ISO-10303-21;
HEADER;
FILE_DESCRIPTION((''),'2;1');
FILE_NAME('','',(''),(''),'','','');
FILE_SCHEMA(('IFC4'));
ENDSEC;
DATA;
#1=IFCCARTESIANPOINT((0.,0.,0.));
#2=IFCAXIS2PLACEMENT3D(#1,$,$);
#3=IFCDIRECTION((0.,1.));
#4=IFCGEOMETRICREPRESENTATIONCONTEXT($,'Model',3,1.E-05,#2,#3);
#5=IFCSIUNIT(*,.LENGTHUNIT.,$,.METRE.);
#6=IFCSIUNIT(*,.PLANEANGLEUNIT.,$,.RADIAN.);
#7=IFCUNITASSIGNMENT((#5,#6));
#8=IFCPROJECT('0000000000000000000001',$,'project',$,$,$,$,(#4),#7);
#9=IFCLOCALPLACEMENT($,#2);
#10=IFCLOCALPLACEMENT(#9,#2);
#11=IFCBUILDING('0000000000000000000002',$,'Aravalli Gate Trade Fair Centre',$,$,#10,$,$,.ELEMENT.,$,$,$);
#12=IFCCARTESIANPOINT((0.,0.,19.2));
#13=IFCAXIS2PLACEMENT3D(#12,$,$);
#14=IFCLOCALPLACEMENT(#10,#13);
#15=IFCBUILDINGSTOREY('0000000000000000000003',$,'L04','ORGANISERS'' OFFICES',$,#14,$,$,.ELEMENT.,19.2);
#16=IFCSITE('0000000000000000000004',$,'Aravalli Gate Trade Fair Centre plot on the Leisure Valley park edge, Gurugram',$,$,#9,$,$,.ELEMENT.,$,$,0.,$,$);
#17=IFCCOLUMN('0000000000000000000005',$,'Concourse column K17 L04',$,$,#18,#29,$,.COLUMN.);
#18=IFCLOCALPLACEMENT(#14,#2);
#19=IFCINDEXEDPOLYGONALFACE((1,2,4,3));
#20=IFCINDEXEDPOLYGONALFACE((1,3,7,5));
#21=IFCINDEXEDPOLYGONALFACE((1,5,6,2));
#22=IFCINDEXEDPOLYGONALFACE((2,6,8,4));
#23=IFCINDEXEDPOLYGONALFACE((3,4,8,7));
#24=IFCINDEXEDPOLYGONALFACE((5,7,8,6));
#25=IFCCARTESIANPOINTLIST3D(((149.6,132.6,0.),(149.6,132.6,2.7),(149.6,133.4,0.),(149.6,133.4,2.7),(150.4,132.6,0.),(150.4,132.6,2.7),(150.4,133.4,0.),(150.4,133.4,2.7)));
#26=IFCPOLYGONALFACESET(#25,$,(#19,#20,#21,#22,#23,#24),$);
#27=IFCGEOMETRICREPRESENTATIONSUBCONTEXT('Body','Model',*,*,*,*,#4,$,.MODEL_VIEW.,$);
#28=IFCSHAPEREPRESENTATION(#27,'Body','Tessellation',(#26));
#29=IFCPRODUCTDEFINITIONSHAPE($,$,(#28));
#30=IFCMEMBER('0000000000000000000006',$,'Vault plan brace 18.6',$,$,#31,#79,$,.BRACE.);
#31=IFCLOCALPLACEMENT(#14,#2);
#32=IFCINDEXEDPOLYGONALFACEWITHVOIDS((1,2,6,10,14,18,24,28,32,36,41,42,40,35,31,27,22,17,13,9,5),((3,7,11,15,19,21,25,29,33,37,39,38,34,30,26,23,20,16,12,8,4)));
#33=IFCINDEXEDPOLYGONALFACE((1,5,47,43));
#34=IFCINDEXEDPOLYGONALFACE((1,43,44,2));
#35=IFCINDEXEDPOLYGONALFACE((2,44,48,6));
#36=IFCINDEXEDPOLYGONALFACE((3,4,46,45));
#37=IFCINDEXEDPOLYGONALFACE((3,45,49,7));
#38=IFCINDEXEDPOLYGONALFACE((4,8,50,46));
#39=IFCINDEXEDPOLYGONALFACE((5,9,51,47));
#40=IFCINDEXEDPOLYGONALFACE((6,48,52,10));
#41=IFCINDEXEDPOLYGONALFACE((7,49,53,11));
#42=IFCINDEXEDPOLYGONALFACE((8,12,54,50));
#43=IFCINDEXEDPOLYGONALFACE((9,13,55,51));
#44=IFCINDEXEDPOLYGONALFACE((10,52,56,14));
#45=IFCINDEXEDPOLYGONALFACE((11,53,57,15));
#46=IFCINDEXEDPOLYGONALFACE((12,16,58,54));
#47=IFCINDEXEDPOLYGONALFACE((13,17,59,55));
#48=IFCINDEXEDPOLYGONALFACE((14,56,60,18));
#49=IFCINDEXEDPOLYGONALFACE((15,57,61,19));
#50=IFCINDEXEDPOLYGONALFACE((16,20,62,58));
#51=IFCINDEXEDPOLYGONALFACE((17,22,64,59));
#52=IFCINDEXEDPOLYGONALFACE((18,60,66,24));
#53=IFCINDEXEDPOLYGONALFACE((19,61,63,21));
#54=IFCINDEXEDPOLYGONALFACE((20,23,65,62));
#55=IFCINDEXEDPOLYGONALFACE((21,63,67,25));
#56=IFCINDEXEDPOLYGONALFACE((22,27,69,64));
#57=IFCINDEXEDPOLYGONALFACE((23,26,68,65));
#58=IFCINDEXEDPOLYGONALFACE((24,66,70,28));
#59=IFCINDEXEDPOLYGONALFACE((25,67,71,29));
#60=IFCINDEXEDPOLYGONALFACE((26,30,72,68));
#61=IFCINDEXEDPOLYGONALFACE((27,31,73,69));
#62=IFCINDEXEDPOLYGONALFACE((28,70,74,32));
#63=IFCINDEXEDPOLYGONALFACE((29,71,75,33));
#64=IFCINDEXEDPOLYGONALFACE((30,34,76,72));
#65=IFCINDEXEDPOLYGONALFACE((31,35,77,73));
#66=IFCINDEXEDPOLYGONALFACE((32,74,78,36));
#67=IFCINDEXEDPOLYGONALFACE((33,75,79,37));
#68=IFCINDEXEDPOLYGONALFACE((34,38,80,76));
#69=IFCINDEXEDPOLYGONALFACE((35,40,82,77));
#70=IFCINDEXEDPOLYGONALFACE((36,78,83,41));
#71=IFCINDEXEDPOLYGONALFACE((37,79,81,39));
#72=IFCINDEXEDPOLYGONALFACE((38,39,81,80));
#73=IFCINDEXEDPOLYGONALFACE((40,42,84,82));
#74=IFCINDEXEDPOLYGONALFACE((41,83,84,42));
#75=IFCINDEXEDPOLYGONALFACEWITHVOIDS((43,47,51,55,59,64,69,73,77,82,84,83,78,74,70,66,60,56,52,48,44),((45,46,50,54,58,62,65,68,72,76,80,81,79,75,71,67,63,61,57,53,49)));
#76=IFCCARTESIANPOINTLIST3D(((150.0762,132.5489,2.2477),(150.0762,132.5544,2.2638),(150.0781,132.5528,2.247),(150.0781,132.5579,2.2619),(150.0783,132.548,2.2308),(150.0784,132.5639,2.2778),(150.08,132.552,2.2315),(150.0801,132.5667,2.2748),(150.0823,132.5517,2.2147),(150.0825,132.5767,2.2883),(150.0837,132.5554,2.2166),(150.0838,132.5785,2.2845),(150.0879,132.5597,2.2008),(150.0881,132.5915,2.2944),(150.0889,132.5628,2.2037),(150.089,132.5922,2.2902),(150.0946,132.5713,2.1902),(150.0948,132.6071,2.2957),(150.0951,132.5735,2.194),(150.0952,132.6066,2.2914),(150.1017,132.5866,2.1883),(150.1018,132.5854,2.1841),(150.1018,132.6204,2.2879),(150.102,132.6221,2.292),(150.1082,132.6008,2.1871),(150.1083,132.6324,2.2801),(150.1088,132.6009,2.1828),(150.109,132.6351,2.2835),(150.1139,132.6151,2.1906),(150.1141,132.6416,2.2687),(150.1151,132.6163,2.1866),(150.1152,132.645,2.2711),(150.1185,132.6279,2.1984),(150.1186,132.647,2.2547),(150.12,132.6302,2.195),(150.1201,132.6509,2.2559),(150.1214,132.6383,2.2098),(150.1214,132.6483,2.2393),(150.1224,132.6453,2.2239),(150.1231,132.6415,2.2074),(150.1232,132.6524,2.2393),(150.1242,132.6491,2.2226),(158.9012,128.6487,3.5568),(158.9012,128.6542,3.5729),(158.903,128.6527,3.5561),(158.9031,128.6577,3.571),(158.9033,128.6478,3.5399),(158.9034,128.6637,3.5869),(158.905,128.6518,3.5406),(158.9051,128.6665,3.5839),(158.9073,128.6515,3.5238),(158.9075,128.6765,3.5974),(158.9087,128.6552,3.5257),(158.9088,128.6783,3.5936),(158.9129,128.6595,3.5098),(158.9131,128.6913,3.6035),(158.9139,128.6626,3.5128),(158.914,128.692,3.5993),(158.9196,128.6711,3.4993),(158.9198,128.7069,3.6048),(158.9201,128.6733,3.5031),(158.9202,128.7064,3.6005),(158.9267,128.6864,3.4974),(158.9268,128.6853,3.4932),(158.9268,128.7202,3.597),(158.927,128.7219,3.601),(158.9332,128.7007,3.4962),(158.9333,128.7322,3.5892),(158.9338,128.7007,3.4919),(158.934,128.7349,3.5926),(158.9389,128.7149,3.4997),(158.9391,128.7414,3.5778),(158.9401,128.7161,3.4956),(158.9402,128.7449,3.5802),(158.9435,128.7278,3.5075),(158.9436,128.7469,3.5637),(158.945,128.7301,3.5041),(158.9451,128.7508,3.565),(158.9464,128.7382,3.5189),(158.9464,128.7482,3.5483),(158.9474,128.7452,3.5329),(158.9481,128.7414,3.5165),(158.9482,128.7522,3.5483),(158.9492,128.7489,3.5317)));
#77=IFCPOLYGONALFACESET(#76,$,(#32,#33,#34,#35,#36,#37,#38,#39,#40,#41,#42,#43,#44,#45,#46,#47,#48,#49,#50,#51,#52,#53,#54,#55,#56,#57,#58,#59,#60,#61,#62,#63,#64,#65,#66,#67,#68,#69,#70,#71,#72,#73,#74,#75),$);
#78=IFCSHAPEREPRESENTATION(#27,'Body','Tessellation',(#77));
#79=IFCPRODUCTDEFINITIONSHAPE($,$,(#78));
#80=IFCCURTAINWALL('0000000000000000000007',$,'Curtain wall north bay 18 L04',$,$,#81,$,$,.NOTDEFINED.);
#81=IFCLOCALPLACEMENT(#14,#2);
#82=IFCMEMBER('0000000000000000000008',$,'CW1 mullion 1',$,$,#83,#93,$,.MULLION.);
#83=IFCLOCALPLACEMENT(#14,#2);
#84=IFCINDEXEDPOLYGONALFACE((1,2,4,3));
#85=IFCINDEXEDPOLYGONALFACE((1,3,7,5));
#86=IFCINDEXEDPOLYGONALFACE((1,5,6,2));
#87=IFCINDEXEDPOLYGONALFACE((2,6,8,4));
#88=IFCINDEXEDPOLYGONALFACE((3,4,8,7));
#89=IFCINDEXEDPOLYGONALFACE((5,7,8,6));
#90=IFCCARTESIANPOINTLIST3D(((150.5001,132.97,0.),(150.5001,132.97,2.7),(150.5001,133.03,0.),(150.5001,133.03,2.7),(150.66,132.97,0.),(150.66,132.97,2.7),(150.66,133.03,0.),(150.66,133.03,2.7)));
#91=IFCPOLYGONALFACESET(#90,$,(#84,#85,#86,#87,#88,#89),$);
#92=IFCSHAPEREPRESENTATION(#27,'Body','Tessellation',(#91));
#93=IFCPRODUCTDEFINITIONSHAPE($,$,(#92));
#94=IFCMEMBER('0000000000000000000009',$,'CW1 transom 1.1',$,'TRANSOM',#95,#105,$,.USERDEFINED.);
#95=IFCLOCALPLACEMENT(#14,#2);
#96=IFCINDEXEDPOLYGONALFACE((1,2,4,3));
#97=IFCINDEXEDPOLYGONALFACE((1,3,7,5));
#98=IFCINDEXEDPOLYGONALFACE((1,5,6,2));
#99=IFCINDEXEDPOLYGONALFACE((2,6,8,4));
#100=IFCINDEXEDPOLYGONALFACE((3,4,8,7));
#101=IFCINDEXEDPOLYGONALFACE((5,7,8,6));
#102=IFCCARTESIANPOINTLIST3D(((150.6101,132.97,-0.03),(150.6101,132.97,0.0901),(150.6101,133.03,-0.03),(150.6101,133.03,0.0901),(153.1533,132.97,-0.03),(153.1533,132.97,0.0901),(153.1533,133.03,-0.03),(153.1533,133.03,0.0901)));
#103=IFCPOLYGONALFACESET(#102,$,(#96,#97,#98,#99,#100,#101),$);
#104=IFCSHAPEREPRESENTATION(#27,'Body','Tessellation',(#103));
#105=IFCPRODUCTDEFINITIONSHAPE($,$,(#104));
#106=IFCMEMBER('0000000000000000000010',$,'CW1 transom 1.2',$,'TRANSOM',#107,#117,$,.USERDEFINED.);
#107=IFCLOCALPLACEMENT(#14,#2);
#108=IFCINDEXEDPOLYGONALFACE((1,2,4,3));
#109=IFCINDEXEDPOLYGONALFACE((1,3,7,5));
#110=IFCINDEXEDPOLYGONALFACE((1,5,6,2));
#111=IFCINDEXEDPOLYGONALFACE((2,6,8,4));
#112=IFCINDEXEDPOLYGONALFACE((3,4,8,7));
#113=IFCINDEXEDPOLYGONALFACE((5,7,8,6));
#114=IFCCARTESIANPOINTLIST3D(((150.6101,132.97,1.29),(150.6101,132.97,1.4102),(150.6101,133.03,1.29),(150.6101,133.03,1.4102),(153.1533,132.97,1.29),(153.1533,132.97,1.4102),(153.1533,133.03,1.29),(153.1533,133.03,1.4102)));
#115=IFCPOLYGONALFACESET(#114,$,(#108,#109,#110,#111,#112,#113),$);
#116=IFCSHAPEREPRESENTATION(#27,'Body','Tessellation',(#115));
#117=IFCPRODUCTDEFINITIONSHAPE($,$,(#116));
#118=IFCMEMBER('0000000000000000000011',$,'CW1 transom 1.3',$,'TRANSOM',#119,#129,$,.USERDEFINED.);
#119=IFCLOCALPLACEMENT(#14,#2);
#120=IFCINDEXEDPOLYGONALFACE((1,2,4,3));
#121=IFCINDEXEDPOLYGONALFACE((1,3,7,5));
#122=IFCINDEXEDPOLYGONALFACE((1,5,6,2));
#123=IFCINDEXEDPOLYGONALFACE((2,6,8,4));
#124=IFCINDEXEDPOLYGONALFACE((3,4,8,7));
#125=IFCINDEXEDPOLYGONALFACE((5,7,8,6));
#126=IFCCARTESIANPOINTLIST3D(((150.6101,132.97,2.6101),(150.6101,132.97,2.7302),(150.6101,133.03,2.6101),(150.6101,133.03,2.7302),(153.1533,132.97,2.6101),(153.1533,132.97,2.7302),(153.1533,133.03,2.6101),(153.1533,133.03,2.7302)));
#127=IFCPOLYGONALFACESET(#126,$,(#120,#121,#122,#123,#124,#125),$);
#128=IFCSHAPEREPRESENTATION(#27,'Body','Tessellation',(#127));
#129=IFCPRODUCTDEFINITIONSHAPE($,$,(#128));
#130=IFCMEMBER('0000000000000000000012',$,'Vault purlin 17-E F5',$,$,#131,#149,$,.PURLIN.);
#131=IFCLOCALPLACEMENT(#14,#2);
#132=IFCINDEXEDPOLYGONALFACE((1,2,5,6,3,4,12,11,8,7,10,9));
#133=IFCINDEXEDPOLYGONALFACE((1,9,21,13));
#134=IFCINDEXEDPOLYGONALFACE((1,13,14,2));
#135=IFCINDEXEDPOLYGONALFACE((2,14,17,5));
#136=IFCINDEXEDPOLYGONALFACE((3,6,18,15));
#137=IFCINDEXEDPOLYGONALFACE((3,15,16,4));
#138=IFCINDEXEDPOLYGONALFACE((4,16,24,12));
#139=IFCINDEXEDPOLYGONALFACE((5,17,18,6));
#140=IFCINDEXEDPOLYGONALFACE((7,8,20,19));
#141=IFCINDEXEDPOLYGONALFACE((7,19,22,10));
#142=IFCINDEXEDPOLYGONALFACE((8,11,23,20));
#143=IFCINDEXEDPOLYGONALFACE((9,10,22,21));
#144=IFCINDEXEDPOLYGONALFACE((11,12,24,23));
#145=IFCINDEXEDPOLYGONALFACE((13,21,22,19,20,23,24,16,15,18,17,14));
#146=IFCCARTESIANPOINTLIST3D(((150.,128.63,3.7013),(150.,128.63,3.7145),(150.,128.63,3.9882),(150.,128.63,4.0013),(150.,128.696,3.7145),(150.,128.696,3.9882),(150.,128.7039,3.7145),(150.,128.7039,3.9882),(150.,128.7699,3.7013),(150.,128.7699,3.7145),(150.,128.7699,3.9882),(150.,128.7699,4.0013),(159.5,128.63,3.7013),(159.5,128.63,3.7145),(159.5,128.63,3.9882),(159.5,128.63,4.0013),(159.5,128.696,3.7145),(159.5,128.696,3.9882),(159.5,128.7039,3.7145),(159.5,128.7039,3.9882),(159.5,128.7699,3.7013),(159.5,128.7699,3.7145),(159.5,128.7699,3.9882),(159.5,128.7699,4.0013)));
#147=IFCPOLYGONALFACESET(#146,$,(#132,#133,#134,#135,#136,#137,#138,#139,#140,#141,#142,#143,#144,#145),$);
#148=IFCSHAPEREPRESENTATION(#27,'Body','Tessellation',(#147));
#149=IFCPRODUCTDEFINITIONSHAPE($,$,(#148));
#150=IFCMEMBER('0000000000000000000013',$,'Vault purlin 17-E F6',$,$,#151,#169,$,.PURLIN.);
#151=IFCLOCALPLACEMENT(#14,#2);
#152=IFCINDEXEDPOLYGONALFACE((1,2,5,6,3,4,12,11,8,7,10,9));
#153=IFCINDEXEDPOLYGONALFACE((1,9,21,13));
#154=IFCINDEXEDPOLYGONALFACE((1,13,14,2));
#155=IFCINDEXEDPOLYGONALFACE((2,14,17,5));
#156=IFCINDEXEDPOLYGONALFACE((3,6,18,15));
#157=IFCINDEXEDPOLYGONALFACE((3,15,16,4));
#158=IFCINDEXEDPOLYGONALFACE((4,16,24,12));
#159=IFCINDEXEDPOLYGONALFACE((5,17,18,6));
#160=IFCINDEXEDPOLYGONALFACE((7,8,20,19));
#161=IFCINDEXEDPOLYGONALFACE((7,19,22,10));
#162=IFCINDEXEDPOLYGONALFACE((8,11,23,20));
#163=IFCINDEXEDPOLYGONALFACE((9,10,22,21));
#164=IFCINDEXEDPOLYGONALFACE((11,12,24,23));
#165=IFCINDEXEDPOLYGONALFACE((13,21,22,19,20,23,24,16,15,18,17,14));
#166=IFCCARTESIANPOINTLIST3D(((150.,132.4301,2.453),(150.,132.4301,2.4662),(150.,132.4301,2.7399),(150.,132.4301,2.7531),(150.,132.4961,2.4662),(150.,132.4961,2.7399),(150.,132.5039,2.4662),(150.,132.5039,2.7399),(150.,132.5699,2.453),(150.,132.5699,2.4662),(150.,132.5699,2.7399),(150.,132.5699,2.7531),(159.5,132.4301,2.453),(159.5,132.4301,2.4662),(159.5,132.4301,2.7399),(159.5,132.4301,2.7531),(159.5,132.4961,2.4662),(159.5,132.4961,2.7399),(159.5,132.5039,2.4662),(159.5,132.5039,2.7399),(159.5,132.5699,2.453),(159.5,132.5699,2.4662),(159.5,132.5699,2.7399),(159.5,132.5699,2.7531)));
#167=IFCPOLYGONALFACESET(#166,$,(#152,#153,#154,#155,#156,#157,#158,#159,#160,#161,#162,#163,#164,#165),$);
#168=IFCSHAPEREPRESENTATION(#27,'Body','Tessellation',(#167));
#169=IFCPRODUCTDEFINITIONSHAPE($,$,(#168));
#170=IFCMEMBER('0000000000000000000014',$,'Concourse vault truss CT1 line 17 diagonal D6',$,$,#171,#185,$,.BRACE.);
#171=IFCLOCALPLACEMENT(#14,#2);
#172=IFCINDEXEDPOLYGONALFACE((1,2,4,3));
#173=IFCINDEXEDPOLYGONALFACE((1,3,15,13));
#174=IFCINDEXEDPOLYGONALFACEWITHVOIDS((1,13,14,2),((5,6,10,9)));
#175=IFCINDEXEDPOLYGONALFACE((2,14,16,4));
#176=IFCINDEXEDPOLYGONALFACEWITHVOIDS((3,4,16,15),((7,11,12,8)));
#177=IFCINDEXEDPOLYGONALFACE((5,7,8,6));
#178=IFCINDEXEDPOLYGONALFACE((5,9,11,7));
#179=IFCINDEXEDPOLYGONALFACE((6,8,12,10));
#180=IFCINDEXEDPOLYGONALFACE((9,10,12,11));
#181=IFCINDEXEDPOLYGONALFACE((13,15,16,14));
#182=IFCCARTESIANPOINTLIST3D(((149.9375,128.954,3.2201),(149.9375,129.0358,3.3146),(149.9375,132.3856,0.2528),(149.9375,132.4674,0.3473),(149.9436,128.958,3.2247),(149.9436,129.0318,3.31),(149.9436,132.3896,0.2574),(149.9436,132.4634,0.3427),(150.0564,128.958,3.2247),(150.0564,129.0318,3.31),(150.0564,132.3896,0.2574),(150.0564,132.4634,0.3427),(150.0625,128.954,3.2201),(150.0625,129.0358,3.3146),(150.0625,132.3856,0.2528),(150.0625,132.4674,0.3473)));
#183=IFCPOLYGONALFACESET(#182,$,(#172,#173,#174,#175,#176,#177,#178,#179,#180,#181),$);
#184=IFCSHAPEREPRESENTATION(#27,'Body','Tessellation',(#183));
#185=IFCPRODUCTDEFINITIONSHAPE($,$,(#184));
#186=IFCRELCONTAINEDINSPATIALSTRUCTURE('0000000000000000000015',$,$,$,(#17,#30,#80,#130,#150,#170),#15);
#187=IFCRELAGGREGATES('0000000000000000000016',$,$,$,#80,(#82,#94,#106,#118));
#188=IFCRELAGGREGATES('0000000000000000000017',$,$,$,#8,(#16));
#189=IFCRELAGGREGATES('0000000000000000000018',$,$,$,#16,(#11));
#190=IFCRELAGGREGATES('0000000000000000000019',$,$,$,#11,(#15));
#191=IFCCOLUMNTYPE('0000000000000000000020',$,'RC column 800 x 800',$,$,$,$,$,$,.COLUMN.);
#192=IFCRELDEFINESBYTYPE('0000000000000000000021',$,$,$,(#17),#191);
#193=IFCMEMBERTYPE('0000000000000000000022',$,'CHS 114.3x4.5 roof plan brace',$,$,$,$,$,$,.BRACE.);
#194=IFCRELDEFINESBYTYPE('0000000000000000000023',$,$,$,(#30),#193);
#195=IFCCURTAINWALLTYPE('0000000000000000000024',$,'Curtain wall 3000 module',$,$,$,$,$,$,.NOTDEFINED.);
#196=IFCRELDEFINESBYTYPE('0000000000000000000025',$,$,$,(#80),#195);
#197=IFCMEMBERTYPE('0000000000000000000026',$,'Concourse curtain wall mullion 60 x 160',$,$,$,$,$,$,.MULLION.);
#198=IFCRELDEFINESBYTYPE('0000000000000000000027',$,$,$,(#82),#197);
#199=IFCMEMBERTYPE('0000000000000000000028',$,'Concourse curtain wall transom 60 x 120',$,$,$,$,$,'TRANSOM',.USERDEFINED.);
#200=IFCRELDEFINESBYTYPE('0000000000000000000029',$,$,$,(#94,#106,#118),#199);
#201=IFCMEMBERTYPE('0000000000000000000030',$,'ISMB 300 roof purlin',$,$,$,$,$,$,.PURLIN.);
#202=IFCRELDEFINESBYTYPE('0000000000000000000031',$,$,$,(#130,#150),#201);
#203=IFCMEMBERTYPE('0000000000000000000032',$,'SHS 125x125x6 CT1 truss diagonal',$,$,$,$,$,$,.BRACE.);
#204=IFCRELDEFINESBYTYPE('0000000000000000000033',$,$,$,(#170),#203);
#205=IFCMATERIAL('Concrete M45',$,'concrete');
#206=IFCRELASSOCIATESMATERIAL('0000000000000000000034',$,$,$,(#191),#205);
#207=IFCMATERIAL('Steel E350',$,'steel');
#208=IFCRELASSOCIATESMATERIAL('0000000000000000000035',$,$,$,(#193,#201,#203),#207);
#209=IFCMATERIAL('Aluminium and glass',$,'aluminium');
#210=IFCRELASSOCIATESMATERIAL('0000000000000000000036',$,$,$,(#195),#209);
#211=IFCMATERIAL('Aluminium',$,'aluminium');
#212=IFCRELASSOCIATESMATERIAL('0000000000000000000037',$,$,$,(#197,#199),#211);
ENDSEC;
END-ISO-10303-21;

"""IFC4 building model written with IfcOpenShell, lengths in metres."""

from ifc_helpers import new_model, si_unit, direction, frame, origin, origin_2d, place, context, subcontext, project, spatial, rectangle, hollow_rectangle, hollow_circle, i_section, extrude, material, material_profile, profile_set, type_object, element, aggregate, save


model = new_model("IFC4")

# Units and contexts
model_context = context("Model", 3, precision=1e-05, world=origin(), true_north=direction((0.0, 1.0)))
body_context = subcontext(model_context, "Body", "Model", "MODEL_VIEW")
ifc_project = project(units=[si_unit("LENGTHUNIT", "METRE"), si_unit("PLANEANGLEUNIT", "RADIAN")], contexts=[model_context])

# Site, building, storey
site_placement = place(None, origin())
site = spatial("IfcSite", under=ifc_project, at=site_placement, Name="Aravalli Gate Trade Fair Centre plot on the Leisure Valley park edge, Gurugram", CompositionType="ELEMENT", RefElevation=0.0)
building_placement = place(site_placement, origin())
building = spatial("IfcBuilding", under=site, at=building_placement, Name="Aravalli Gate Trade Fair Centre", CompositionType="ELEMENT")
storey_placement = place(building_placement, frame((0.0, 0.0, 19.2)))
storey = spatial("IfcBuildingStorey", under=building, at=storey_placement, Name="L04", Description="ORGANISERS' OFFICES", CompositionType="ELEMENT", Elevation=19.2)

# Column
ifc_material_1 = material(Name="Concrete M45", Category="concrete")
ifc_material_profile_1 = material_profile(ifc_material_1, rectangle(XDim=0.8, YDim=0.8, at=origin_2d()), Name="RC column 800 x 800")
ifc_profile_set_1 = profile_set([ifc_material_profile_1], Name="Concrete M45")
column_type = type_object("IfcColumnType", Name="RC column 800 x 800", PredefinedType="COLUMN", material=ifc_profile_set_1)
column_placement = place(storey_placement, frame((150.0, 133.0, 0.0), z_axis=(0.0, 0.0, 1.0), x_axis=(1.0, 0.0, 0.0)))
element("IfcColumn", 1, at=column_placement, inside=storey, type_object=column_type, Name="Concourse column K17 L04", PredefinedType="COLUMN", context=body_context, shape_type="SweptSolid", body=[
    extrude(rectangle(XDim=0.8, YDim=0.8, at=origin_2d()), origin(), (0.0, 0.0, 1.0), 2.7),
])

# Member
ifc_material_2 = material(Name="Steel E350", Category="steel")
ifc_material_profile_2 = material_profile(ifc_material_2, hollow_circle(Radius=0.0571, WallThickness=0.0044, at=origin_2d()), Name="CHS 114.3x4.5")
ifc_profile_set_2 = profile_set([ifc_material_profile_2], Name="Steel E350")
member_type_1 = type_object("IfcMemberType", Name="CHS 114.3x4.5 roof plan brace", PredefinedType="BRACE", material=ifc_profile_set_2)
member_1_placement = place(storey_placement, frame((150.1001, 132.6001, 2.2393), z_axis=(0.906353, -0.400559, 0.134447), x_axis=(0.404229, 0.914658, 0.0)))
element("IfcMember", 2, at=member_1_placement, inside=storey, type_object=member_type_1, Name="Vault plan brace 18.6", PredefinedType="BRACE", context=body_context, shape_type="SweptSolid", body=[
    extrude(hollow_circle(Radius=0.0571, WallThickness=0.0044, at=origin_2d()), origin(), (0.0, 0.0, 1.0), 9.7368),
])

# Curtain wall, members
ifc_material_3 = material(Name="Aluminium and glass", Category="aluminium")
curtain_wall_type_1 = type_object("IfcCurtainWallType", Name="Curtain wall 3000 module", PredefinedType="NOTDEFINED", material=ifc_material_3)
curtain_wall_1_placement = place(storey_placement, origin())
curtain_wall_1 = element("IfcCurtainWall", 3, at=curtain_wall_1_placement, inside=storey, type_object=curtain_wall_type_1, Name="Curtain wall north bay 18 L04", PredefinedType="NOTDEFINED")
ifc_material_4 = material(Name="Aluminium", Category="aluminium")
ifc_material_profile_3 = material_profile(ifc_material_4, rectangle(XDim=0.0601, YDim=0.1599, at=origin_2d()), Name="Concourse curtain wall mullion 60 x 160")
ifc_profile_set_3 = profile_set([ifc_material_profile_3], Name="Aluminium")
member_type_2 = type_object("IfcMemberType", Name="Concourse curtain wall mullion 60 x 160", PredefinedType="MULLION", material=ifc_profile_set_3)
member_2_placement = place(storey_placement, frame((150.5801, 133.0, 0.0), z_axis=(0.0, 0.0, 1.0), x_axis=(0.0, 1.0, 0.0)))
member_2 = element("IfcMember", 4, at=member_2_placement, type_object=member_type_2, Name="CW1 mullion 1", PredefinedType="MULLION", context=body_context, shape_type="SweptSolid", body=[
    extrude(rectangle(XDim=0.0601, YDim=0.1599, at=origin_2d()), origin(), (0.0, 0.0, 1.0), 2.7),
])
ifc_material_profile_4 = material_profile(ifc_material_4, rectangle(XDim=0.0601, YDim=0.1201, at=origin_2d()), Name="Concourse curtain wall transom 60 x 120")
ifc_profile_set_4 = profile_set([ifc_material_profile_4], Name="Aluminium")
member_type_3 = type_object("IfcMemberType", Name="Concourse curtain wall transom 60 x 120", ElementType="TRANSOM", PredefinedType="USERDEFINED", material=ifc_profile_set_4)
member_3_placement = place(storey_placement, frame((150.6101, 133.0, 0.03), z_axis=(1.0, 0.0, 0.0), x_axis=(0.0, 1.0, 0.0)))
member_3 = element("IfcMember", 5, at=member_3_placement, type_object=member_type_3, Name="CW1 transom 1.1", ObjectType="TRANSOM", PredefinedType="USERDEFINED", context=body_context, shape_type="SweptSolid", body=[
    extrude(rectangle(XDim=0.0601, YDim=0.1201, at=origin_2d()), origin(), (0.0, 0.0, 1.0), 2.5432),
])
member_4_placement = place(storey_placement, frame((150.6101, 133.0, 1.3501), z_axis=(1.0, 0.0, 0.0), x_axis=(0.0, 1.0, 0.0)))
member_4 = element("IfcMember", 6, at=member_4_placement, type_object=member_type_3, Name="CW1 transom 1.2", ObjectType="TRANSOM", PredefinedType="USERDEFINED", context=body_context, shape_type="SweptSolid", body=[
    extrude(rectangle(XDim=0.0601, YDim=0.1201, at=origin_2d()), origin(), (0.0, 0.0, 1.0), 2.5432),
])
member_5_placement = place(storey_placement, frame((150.6101, 133.0, 2.6702), z_axis=(1.0, 0.0, 0.0), x_axis=(0.0, 1.0, 0.0)))
member_5 = element("IfcMember", 7, at=member_5_placement, type_object=member_type_3, Name="CW1 transom 1.3", ObjectType="TRANSOM", PredefinedType="USERDEFINED", context=body_context, shape_type="SweptSolid", body=[
    extrude(rectangle(XDim=0.0601, YDim=0.1201, at=origin_2d()), origin(), (0.0, 0.0, 1.0), 2.5432),
])

# Members
ifc_material_profile_5 = material_profile(ifc_material_2, i_section(OverallWidth=0.1399, OverallDepth=0.3, WebThickness=0.0078, FlangeThickness=0.0132, at=origin_2d()), Name="ISMB 300")
ifc_profile_set_5 = profile_set([ifc_material_profile_5], Name="Steel E350")
member_type_4 = type_object("IfcMemberType", Name="ISMB 300 roof purlin", PredefinedType="PURLIN", material=ifc_profile_set_5)
for number, where, z_axis, x_axis, name in (
    (8, (150.0, 128.7, 3.8513), (1.0, 0.0, 0.0), (0.0, 1.0, 0.0), "Vault purlin 17-E F5"),
    (9, (150.0, 132.5, 2.603), (1.0, 0.0, 0.0), (0.0, 1.0, 0.0), "Vault purlin 17-E F6"),
):
    element("IfcMember", number, at=place(storey_placement, frame(where, z_axis=z_axis, x_axis=x_axis)), inside=storey, type_object=member_type_4, Name=name, PredefinedType="PURLIN", context=body_context, shape_type="SweptSolid", body=[
        extrude(i_section(OverallWidth=0.1399, OverallDepth=0.3, WebThickness=0.0078, FlangeThickness=0.0132, at=origin_2d()), origin(), (0.0, 0.0, 1.0), 9.5),
    ])
ifc_material_profile_6 = material_profile(ifc_material_2, hollow_rectangle(XDim=0.125, YDim=0.125, WallThickness=0.0061, at=origin_2d()), Name="SHS 125x125x6")
ifc_profile_set_6 = profile_set([ifc_material_profile_6], Name="Steel E350")
member_type_5 = type_object("IfcMemberType", Name="SHS 125x125x6 CT1 truss diagonal", PredefinedType="BRACE", material=ifc_profile_set_6)
member_6_placement = place(storey_placement, frame((150.0, 128.9949, 3.2673), z_axis=(0.0, 0.756431, -0.654074), x_axis=(-1.0, 0.0, 0.0)))
element("IfcMember", 10, at=member_6_placement, inside=storey, type_object=member_type_5, Name="Concourse vault truss CT1 line 17 diagonal D6", PredefinedType="BRACE", context=body_context, shape_type="SweptSolid", body=[
    extrude(hollow_rectangle(XDim=0.125, YDim=0.125, WallThickness=0.0061, at=origin_2d()), origin(), (0.0, 0.0, 1.0), 4.5366),
])

aggregate(curtain_wall_1, [member_2, member_3, member_4, member_5])

save(model, "model.ifc")
